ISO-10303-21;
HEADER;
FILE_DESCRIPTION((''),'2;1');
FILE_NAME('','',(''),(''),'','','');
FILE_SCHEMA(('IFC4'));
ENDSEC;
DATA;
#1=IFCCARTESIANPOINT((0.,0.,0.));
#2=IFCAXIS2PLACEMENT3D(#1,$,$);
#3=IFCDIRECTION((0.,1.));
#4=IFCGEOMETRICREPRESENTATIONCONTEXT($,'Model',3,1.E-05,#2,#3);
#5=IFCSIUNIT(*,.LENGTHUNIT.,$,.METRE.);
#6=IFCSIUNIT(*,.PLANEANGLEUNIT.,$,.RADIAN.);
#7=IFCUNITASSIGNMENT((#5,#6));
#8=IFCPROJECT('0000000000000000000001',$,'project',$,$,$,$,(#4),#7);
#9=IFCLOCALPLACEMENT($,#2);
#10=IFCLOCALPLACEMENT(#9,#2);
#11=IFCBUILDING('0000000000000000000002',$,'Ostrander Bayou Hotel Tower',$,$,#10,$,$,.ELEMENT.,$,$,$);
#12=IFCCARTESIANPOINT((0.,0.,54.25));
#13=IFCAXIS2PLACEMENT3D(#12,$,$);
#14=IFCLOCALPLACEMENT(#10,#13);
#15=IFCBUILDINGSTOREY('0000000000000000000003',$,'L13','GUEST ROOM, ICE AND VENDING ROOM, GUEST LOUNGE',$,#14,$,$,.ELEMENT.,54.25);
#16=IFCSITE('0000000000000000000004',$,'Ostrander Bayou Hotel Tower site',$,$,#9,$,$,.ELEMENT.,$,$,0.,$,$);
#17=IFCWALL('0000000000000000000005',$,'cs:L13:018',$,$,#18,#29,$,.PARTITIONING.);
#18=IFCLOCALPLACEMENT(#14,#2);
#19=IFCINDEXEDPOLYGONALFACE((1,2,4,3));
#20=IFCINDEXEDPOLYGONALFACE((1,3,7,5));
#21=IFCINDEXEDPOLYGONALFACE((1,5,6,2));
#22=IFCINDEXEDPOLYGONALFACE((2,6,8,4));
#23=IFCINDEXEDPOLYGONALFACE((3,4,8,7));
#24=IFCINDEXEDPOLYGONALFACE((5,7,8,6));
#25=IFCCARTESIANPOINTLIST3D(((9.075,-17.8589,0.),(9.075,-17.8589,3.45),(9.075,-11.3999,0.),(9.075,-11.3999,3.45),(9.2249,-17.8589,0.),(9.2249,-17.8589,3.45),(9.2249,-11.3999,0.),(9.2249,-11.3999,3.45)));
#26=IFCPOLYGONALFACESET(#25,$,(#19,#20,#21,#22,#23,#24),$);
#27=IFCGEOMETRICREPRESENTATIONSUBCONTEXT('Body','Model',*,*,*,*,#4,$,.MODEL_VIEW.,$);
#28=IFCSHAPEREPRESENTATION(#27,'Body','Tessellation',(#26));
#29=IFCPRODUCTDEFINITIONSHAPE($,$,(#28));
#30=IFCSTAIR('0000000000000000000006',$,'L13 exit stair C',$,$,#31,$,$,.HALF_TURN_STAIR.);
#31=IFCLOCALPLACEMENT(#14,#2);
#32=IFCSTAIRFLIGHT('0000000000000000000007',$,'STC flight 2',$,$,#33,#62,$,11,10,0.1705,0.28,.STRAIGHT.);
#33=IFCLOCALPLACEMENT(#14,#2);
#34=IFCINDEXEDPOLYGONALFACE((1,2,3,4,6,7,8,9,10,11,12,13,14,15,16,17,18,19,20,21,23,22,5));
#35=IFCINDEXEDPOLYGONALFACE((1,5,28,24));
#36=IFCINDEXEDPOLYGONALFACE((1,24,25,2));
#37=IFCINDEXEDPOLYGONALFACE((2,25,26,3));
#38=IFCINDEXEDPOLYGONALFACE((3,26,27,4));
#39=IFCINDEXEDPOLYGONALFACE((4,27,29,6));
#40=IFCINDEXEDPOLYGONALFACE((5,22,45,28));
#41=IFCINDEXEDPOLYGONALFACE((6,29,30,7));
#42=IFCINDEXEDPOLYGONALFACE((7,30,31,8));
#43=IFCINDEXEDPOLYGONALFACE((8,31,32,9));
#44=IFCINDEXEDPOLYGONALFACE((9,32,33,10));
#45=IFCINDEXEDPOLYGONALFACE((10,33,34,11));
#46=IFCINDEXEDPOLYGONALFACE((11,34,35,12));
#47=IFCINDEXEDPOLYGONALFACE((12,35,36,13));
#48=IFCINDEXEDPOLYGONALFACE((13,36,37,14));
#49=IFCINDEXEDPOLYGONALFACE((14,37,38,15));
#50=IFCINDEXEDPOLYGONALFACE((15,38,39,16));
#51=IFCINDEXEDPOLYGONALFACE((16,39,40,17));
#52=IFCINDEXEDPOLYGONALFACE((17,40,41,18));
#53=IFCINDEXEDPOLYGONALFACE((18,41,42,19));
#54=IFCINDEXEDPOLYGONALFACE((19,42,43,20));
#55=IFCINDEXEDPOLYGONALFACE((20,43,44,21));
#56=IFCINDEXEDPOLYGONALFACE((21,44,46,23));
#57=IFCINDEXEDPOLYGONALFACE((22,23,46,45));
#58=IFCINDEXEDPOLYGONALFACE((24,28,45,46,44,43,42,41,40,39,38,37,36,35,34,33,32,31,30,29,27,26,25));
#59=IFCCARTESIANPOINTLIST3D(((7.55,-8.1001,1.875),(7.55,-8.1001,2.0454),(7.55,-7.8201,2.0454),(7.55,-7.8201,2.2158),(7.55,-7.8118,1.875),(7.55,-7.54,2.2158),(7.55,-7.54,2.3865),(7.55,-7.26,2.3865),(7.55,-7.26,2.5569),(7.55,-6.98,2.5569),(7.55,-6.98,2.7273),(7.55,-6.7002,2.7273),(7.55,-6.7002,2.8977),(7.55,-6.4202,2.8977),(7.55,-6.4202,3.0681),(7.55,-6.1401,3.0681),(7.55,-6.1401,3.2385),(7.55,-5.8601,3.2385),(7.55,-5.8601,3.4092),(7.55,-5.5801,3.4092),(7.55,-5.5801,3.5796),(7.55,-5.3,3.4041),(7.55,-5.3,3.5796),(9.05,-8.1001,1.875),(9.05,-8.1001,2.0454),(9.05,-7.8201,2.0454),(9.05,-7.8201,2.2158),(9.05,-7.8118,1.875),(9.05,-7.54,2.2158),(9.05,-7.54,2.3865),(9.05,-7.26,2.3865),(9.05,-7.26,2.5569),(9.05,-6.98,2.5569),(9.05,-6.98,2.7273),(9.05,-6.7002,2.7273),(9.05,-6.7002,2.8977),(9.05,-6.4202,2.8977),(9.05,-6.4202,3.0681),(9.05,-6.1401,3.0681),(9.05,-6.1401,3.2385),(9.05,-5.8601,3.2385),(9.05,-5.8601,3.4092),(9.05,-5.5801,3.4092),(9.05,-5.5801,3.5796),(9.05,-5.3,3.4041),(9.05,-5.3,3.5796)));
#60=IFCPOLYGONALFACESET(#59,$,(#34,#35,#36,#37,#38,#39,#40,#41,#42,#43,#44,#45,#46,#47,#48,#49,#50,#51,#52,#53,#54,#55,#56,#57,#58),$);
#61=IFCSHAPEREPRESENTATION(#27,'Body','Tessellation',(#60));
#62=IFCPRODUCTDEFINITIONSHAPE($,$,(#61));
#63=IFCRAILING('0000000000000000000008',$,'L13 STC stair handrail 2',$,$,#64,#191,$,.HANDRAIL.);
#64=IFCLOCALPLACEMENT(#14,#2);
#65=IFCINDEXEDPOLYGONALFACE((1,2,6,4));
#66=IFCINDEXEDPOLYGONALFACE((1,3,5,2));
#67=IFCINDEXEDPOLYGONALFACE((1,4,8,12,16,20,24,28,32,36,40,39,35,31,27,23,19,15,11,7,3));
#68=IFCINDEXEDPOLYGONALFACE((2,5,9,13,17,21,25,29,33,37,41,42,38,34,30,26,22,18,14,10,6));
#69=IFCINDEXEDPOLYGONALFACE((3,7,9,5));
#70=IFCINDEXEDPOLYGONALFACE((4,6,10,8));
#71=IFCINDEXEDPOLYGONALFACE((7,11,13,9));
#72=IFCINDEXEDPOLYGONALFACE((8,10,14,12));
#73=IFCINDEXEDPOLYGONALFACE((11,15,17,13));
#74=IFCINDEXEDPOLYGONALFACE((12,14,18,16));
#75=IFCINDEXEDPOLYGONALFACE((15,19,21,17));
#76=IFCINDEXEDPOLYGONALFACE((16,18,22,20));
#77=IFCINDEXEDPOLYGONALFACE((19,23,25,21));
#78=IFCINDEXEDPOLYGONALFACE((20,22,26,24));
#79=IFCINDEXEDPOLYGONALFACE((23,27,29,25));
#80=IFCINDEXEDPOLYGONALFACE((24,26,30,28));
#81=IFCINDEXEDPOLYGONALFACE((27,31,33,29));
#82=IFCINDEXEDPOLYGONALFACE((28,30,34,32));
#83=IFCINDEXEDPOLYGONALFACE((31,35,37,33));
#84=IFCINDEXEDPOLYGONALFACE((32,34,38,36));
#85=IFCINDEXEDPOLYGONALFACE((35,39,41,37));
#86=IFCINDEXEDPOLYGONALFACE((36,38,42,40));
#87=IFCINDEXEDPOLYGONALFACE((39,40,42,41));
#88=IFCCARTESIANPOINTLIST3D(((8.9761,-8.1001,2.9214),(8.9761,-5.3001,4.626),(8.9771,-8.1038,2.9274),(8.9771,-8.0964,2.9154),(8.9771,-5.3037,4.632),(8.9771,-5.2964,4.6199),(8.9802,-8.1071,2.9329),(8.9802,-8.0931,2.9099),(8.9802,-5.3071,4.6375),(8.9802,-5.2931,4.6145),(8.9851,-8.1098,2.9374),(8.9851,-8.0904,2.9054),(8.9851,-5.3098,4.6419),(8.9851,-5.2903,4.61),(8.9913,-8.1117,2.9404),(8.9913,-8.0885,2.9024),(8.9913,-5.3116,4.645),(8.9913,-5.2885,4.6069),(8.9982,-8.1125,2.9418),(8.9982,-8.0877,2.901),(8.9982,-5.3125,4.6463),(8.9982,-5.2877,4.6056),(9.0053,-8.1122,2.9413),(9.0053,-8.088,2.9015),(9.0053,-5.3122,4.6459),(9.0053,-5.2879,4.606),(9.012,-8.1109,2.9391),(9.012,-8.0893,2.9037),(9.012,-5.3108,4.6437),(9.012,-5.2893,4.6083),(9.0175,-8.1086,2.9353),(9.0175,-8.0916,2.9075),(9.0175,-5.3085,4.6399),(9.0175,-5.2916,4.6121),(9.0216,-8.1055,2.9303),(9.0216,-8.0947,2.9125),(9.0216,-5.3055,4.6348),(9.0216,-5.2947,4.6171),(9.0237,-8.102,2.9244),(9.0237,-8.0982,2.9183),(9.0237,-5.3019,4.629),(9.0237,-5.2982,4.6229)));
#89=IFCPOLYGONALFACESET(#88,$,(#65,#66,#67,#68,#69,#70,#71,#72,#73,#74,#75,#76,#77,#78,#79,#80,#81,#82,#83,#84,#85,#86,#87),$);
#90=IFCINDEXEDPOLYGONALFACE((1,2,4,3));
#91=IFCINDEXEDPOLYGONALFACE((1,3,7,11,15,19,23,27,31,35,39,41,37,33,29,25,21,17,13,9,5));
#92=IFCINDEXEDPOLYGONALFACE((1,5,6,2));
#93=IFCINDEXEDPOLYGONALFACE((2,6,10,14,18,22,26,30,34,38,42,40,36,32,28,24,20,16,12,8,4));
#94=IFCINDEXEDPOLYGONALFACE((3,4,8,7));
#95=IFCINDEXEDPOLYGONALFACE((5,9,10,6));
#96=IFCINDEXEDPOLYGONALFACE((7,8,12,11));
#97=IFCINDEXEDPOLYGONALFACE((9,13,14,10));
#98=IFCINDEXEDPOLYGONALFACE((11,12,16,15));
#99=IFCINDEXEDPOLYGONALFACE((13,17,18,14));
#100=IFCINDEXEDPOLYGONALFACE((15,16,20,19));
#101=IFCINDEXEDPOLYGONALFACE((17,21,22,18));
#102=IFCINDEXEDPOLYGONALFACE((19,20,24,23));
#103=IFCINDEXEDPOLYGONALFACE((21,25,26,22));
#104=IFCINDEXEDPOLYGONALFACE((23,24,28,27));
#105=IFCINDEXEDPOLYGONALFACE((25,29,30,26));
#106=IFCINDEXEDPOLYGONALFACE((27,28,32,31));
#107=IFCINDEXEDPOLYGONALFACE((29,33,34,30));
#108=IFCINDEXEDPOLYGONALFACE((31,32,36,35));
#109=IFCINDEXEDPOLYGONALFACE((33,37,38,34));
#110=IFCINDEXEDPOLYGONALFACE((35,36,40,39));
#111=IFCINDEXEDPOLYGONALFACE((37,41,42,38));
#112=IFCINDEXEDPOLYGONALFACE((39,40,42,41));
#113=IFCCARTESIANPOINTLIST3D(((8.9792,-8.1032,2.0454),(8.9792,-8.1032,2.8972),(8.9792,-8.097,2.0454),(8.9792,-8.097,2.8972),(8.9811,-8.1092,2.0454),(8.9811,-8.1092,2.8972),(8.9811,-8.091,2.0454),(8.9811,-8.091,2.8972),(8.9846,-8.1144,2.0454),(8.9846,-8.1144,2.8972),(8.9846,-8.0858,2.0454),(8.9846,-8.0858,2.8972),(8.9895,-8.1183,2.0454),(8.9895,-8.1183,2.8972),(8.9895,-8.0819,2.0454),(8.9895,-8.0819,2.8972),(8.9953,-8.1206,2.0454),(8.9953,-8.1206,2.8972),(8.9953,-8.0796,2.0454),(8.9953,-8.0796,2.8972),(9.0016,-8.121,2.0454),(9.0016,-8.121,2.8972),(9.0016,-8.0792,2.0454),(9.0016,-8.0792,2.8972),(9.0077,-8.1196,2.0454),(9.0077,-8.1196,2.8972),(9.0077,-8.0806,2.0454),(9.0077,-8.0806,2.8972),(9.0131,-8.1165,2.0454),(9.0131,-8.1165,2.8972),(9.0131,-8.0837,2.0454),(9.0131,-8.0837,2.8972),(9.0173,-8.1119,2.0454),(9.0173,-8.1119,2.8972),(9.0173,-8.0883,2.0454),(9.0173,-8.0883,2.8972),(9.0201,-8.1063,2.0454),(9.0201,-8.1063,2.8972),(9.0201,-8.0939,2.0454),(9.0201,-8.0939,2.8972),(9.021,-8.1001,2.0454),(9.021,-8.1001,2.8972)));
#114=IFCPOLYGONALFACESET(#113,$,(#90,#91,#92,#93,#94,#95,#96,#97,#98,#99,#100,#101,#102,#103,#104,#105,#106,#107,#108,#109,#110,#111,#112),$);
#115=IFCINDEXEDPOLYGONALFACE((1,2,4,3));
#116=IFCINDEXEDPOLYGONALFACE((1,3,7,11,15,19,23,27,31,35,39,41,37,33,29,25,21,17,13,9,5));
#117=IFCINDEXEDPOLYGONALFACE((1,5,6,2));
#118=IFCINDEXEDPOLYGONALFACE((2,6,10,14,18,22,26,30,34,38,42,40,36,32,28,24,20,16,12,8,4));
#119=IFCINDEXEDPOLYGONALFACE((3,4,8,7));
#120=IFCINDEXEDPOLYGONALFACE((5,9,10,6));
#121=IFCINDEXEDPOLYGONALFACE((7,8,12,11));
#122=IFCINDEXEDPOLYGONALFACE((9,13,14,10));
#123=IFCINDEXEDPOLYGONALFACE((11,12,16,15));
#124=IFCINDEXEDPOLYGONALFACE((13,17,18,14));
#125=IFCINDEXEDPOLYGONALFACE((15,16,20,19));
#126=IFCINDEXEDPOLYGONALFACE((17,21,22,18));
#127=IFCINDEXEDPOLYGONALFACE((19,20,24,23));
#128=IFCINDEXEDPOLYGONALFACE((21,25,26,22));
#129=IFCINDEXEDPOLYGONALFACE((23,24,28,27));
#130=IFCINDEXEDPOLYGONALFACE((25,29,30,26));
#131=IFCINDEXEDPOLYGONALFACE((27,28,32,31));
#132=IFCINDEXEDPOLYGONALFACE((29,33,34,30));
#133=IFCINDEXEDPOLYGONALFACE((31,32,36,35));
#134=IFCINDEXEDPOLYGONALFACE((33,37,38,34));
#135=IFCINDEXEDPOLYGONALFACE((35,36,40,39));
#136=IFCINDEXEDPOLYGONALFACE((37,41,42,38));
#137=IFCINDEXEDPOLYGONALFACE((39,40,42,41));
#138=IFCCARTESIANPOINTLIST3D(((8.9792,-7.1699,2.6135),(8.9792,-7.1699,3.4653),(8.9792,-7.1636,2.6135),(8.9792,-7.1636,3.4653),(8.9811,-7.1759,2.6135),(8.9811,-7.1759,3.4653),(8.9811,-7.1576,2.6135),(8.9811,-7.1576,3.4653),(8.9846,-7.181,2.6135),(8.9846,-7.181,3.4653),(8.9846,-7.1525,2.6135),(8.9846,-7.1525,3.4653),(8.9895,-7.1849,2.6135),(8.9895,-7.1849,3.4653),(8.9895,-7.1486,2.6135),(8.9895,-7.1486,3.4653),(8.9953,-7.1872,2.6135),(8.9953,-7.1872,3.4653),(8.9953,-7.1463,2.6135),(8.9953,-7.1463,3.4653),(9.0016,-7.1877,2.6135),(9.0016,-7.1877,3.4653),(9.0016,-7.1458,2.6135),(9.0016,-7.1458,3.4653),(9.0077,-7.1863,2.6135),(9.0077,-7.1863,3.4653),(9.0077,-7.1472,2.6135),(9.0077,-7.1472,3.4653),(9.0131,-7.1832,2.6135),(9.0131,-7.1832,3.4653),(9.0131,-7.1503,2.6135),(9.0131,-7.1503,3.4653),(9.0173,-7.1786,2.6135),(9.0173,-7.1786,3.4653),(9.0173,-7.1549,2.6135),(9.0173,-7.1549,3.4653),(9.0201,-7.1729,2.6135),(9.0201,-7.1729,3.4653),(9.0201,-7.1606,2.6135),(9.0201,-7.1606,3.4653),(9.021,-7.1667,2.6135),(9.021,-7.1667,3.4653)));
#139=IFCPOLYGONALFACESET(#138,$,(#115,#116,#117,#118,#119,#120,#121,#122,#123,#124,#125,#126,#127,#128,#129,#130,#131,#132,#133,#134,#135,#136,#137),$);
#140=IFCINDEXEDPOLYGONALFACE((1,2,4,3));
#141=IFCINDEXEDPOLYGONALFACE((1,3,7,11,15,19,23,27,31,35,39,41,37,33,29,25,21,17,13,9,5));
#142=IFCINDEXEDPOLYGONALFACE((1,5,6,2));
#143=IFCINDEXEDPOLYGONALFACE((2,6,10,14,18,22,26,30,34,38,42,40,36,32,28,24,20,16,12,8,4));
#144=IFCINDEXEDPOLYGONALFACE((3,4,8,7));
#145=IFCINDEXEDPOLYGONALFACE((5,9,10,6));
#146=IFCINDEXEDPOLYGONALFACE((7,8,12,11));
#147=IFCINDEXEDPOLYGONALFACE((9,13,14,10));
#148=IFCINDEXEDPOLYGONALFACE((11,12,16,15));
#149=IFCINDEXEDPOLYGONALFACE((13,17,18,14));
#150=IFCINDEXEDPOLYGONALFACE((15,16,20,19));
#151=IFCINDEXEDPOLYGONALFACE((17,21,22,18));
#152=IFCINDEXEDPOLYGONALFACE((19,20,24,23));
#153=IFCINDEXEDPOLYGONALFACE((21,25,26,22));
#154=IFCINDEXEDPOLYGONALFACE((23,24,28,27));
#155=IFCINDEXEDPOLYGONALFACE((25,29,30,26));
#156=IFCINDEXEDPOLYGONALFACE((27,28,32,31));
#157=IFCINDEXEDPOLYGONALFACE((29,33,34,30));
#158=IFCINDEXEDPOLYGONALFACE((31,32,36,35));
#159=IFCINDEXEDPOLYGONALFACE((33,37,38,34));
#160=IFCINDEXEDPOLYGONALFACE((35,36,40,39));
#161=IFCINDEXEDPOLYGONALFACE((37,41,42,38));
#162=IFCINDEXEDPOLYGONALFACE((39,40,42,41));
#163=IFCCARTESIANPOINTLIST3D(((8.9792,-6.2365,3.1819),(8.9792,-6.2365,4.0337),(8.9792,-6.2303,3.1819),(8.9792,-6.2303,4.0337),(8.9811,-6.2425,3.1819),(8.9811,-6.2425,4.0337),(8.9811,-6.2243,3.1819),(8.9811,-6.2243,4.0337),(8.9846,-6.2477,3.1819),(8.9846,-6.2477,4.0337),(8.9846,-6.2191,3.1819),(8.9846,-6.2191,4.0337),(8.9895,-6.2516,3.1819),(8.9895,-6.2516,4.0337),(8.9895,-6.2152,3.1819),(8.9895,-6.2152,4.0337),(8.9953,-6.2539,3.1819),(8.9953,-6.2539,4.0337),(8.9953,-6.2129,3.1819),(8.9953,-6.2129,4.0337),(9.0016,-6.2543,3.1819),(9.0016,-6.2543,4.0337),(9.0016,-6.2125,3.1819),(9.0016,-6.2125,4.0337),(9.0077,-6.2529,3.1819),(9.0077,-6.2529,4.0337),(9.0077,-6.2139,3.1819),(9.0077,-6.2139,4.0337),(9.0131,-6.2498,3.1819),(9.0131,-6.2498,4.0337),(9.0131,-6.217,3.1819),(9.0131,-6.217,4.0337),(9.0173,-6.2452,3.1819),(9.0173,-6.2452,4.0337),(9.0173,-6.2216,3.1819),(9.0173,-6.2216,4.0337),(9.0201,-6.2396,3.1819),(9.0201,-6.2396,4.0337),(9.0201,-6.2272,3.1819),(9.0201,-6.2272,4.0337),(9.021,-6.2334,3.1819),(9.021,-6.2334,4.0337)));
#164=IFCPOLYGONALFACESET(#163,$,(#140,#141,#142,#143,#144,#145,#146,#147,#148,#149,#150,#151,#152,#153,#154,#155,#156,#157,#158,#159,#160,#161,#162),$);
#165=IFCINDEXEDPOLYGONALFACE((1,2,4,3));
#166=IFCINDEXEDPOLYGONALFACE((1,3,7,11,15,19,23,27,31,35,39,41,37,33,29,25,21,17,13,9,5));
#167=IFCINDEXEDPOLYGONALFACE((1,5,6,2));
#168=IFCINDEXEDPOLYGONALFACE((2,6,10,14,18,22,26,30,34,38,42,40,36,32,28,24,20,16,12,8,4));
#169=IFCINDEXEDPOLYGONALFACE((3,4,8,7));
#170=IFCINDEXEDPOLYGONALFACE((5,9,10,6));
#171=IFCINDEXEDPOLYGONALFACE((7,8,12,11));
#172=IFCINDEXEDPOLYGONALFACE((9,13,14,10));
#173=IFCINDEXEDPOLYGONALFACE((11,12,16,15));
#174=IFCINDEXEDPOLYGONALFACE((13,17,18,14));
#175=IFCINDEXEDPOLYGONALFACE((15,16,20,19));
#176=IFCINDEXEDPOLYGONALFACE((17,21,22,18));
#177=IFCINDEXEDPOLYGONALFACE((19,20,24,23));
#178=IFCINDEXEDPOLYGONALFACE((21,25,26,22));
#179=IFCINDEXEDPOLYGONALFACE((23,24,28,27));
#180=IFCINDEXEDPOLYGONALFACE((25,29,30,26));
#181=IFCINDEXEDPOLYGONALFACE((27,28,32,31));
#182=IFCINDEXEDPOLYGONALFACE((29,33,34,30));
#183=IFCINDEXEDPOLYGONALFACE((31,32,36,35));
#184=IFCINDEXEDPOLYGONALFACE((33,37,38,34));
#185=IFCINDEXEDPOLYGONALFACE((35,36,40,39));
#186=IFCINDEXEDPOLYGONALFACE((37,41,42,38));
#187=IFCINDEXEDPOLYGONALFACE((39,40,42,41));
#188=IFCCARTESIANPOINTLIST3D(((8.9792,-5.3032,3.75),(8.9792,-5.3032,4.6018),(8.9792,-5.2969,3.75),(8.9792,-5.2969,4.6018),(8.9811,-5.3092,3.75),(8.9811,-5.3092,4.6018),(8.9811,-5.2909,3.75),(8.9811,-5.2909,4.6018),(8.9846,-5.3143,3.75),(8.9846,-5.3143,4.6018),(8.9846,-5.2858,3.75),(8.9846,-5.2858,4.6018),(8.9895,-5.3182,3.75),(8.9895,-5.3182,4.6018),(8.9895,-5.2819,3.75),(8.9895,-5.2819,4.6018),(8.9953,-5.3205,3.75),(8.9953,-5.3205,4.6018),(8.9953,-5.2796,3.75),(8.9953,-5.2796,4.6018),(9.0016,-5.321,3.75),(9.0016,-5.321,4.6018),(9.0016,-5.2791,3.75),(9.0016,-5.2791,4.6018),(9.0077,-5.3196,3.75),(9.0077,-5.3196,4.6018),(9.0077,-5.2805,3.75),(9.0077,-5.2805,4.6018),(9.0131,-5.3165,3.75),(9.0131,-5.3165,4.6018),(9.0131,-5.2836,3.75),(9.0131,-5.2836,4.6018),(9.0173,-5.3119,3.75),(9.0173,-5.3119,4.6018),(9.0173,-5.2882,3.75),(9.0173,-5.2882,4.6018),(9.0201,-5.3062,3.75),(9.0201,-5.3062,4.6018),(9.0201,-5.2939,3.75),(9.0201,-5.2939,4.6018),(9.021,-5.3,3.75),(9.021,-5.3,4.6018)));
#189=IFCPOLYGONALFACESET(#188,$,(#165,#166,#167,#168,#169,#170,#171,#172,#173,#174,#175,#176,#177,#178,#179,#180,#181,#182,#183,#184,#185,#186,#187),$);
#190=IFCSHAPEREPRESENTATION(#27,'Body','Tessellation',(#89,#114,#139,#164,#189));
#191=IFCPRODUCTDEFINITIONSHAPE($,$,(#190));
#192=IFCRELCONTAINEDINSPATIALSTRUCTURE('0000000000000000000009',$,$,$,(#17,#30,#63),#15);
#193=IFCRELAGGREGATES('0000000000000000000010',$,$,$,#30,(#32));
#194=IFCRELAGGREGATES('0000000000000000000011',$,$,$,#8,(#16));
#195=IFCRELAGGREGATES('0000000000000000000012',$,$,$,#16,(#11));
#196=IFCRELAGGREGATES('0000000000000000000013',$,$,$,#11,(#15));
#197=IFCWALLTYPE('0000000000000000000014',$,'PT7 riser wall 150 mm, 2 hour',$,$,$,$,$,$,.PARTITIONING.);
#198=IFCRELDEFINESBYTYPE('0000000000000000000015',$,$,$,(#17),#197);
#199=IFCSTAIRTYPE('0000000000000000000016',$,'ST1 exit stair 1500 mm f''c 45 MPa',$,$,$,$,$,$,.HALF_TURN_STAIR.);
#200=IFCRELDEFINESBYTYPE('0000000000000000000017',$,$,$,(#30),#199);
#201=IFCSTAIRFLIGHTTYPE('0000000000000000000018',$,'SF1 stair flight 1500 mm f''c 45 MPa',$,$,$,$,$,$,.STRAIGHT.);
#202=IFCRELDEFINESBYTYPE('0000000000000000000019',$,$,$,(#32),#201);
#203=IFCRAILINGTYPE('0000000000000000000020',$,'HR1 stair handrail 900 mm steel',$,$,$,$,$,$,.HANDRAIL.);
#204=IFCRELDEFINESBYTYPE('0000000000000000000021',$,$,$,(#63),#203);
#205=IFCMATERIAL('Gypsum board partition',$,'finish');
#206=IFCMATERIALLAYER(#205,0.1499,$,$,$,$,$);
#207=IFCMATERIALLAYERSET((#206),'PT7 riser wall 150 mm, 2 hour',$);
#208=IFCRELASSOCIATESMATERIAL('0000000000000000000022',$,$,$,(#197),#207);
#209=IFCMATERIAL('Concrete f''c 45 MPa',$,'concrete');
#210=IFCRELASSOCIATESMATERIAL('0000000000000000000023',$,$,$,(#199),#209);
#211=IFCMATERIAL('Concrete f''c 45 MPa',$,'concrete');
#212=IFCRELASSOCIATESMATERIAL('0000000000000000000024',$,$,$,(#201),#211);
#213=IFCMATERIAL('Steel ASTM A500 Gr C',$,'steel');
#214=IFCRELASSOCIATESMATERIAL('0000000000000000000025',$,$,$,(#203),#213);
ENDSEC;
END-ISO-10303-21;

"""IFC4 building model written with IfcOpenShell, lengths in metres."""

from ifc_helpers import new_model, si_unit, direction, frame, frame_2d, origin, origin_2d, place, context, subcontext, project, spatial, polyline, rectangle, circle, outline, extrude, material, layer, layer_set, type_object, element, aggregate, save


model = new_model("IFC4")

# Units and contexts
model_context = context("Model", 3, precision=1e-05, world=origin(), true_north=direction((0.0, 1.0)))
body_context = subcontext(model_context, "Body", "Model", "MODEL_VIEW")
ifc_project = project(units=[si_unit("LENGTHUNIT", "METRE"), si_unit("PLANEANGLEUNIT", "RADIAN")], contexts=[model_context])

# Site, building, storey
site_placement = place(None, origin())
site = spatial("IfcSite", under=ifc_project, at=site_placement, Name="Ostrander Bayou Hotel Tower site", CompositionType="ELEMENT", RefElevation=0.0)
building_placement = place(site_placement, origin())
building = spatial("IfcBuilding", under=site, at=building_placement, Name="Ostrander Bayou Hotel Tower", CompositionType="ELEMENT")
storey_placement = place(building_placement, frame((0.0, 0.0, 54.25)))
storey = spatial("IfcBuildingStorey", under=building, at=storey_placement, Name="L13", Description="GUEST ROOM, ICE AND VENDING ROOM, GUEST LOUNGE", CompositionType="ELEMENT", Elevation=54.25)

# Wall
ifc_material_1 = material(Name="Gypsum board partition", Category="finish")
ifc_layer_1 = layer(ifc_material_1, 0.1499)
ifc_layer_set_1 = layer_set([ifc_layer_1], Name="PT7 riser wall 150 mm, 2 hour")
wall_type_1 = type_object("IfcWallType", Name="PT7 riser wall 150 mm, 2 hour", PredefinedType="PARTITIONING", material=ifc_layer_set_1)
wall_1_placement = place(storey_placement, frame((9.1499, -11.3999, 0.0), z_axis=(0.0, 0.0, 1.0), x_axis=(0.0, -1.0, 0.0)))
element("IfcWall", 1, at=wall_1_placement, inside=storey, type_object=wall_type_1, Name="cs:L13:018", PredefinedType="PARTITIONING", context=body_context, shape_type="SweptSolid", body=[
    extrude(rectangle(XDim=6.459, YDim=0.1499, at=frame_2d((3.2295, 0.0))), origin(), (0.0, 0.0, 1.0), 3.45),
])

# Stair, stair flight
ifc_material_2 = material(Name="Concrete f'c 45 MPa", Category="concrete")
stair_type = type_object("IfcStairType", Name="ST1 exit stair 1500 mm f'c 45 MPa", PredefinedType="HALF_TURN_STAIR", material=ifc_material_2)
stair_placement = place(storey_placement, origin())
stair = element("IfcStair", 2, at=stair_placement, inside=storey, type_object=stair_type, Name="L13 exit stair C", PredefinedType="HALF_TURN_STAIR")
ifc_material_3 = material(Name="Concrete f'c 45 MPa", Category="concrete")
stair_flight_type = type_object("IfcStairFlightType", Name="SF1 stair flight 1500 mm f'c 45 MPa", PredefinedType="STRAIGHT", material=ifc_material_3)
stair_flight_placement = place(storey_placement, frame((8.3, -8.1001, 1.875), z_axis=(0.0, 0.0, 1.0), x_axis=(0.0, 1.0, 0.0)))
stair_flight = element("IfcStairFlight", 3, at=stair_flight_placement, type_object=stair_flight_type, Name="STC flight 2", NumberOfRisers=11, NumberOfTreads=10, PredefinedType="STRAIGHT", RiserHeight=0.1705, TreadLength=0.28, context=body_context, shape_type="SweptSolid", body=[
    extrude(outline(polyline([(0.0, 0.0), (0.0, 0.1704), (0.28, 0.1704), (0.28, 0.3408), (0.5601, 0.3408), (0.5601, 0.5115), (0.8401, 0.5115), (0.8401, 0.6819), (1.1201, 0.6819), (1.1201, 0.8523), (1.3999, 0.8523), (1.3999, 1.0227), (1.6799, 1.0227), (1.6799, 1.1931), (1.96, 1.1931), (1.96, 1.3635), (2.24, 1.3635), (2.24, 1.5342), (2.52, 1.5342), (2.52, 1.7046), (2.8, 1.7046), (2.8, 1.875), (2.8, 1.5291), (0.2883, 0.0), (0.0, 0.0)])), frame((0.0, 0.75, 0.0), z_axis=(0.0, -1.0, 0.0), x_axis=(1.0, 0.0, 0.0)), (0.0, 0.0, 1.0), 1.5),
])
aggregate(stair, [stair_flight])

# Railing
ifc_material_4 = material(Name="Steel ASTM A500 Gr C", Category="steel")
railing_type = type_object("IfcRailingType", Name="HR1 stair handrail 900 mm steel", PredefinedType="HANDRAIL", material=ifc_material_4)
railing_placement = place(storey_placement, frame((9.0, -8.1001, 2.0454)))
element("IfcRailing", 4, at=railing_placement, inside=storey, type_object=railing_type, Name="L13 STC stair handrail 2", PredefinedType="HANDRAIL", context=body_context, shape_type="SweptSolid", body=[
    extrude(circle(Radius=0.0239, at=origin_2d()), frame((0.0, 0.0, 0.876), z_axis=(0.0, 0.85417, 0.519994), x_axis=(-1.0, 0.0, 0.0)), (0.0, 0.0, 1.0), 3.2781),
    extrude(circle(Radius=0.021, at=origin_2d()), origin(), (0.0, 0.0, 1.0), 0.8518),
    extrude(circle(Radius=0.021, at=origin_2d()), frame((0.0, 0.9333, 0.5681)), (0.0, 0.0, 1.0), 0.8518),
    extrude(circle(Radius=0.021, at=origin_2d()), frame((0.0, 1.8667, 1.1365)), (0.0, 0.0, 1.0), 0.8518),
    extrude(circle(Radius=0.021, at=origin_2d()), frame((0.0, 2.8, 1.7046)), (0.0, 0.0, 1.0), 0.8518),
])

save(model, "model.ifc")
